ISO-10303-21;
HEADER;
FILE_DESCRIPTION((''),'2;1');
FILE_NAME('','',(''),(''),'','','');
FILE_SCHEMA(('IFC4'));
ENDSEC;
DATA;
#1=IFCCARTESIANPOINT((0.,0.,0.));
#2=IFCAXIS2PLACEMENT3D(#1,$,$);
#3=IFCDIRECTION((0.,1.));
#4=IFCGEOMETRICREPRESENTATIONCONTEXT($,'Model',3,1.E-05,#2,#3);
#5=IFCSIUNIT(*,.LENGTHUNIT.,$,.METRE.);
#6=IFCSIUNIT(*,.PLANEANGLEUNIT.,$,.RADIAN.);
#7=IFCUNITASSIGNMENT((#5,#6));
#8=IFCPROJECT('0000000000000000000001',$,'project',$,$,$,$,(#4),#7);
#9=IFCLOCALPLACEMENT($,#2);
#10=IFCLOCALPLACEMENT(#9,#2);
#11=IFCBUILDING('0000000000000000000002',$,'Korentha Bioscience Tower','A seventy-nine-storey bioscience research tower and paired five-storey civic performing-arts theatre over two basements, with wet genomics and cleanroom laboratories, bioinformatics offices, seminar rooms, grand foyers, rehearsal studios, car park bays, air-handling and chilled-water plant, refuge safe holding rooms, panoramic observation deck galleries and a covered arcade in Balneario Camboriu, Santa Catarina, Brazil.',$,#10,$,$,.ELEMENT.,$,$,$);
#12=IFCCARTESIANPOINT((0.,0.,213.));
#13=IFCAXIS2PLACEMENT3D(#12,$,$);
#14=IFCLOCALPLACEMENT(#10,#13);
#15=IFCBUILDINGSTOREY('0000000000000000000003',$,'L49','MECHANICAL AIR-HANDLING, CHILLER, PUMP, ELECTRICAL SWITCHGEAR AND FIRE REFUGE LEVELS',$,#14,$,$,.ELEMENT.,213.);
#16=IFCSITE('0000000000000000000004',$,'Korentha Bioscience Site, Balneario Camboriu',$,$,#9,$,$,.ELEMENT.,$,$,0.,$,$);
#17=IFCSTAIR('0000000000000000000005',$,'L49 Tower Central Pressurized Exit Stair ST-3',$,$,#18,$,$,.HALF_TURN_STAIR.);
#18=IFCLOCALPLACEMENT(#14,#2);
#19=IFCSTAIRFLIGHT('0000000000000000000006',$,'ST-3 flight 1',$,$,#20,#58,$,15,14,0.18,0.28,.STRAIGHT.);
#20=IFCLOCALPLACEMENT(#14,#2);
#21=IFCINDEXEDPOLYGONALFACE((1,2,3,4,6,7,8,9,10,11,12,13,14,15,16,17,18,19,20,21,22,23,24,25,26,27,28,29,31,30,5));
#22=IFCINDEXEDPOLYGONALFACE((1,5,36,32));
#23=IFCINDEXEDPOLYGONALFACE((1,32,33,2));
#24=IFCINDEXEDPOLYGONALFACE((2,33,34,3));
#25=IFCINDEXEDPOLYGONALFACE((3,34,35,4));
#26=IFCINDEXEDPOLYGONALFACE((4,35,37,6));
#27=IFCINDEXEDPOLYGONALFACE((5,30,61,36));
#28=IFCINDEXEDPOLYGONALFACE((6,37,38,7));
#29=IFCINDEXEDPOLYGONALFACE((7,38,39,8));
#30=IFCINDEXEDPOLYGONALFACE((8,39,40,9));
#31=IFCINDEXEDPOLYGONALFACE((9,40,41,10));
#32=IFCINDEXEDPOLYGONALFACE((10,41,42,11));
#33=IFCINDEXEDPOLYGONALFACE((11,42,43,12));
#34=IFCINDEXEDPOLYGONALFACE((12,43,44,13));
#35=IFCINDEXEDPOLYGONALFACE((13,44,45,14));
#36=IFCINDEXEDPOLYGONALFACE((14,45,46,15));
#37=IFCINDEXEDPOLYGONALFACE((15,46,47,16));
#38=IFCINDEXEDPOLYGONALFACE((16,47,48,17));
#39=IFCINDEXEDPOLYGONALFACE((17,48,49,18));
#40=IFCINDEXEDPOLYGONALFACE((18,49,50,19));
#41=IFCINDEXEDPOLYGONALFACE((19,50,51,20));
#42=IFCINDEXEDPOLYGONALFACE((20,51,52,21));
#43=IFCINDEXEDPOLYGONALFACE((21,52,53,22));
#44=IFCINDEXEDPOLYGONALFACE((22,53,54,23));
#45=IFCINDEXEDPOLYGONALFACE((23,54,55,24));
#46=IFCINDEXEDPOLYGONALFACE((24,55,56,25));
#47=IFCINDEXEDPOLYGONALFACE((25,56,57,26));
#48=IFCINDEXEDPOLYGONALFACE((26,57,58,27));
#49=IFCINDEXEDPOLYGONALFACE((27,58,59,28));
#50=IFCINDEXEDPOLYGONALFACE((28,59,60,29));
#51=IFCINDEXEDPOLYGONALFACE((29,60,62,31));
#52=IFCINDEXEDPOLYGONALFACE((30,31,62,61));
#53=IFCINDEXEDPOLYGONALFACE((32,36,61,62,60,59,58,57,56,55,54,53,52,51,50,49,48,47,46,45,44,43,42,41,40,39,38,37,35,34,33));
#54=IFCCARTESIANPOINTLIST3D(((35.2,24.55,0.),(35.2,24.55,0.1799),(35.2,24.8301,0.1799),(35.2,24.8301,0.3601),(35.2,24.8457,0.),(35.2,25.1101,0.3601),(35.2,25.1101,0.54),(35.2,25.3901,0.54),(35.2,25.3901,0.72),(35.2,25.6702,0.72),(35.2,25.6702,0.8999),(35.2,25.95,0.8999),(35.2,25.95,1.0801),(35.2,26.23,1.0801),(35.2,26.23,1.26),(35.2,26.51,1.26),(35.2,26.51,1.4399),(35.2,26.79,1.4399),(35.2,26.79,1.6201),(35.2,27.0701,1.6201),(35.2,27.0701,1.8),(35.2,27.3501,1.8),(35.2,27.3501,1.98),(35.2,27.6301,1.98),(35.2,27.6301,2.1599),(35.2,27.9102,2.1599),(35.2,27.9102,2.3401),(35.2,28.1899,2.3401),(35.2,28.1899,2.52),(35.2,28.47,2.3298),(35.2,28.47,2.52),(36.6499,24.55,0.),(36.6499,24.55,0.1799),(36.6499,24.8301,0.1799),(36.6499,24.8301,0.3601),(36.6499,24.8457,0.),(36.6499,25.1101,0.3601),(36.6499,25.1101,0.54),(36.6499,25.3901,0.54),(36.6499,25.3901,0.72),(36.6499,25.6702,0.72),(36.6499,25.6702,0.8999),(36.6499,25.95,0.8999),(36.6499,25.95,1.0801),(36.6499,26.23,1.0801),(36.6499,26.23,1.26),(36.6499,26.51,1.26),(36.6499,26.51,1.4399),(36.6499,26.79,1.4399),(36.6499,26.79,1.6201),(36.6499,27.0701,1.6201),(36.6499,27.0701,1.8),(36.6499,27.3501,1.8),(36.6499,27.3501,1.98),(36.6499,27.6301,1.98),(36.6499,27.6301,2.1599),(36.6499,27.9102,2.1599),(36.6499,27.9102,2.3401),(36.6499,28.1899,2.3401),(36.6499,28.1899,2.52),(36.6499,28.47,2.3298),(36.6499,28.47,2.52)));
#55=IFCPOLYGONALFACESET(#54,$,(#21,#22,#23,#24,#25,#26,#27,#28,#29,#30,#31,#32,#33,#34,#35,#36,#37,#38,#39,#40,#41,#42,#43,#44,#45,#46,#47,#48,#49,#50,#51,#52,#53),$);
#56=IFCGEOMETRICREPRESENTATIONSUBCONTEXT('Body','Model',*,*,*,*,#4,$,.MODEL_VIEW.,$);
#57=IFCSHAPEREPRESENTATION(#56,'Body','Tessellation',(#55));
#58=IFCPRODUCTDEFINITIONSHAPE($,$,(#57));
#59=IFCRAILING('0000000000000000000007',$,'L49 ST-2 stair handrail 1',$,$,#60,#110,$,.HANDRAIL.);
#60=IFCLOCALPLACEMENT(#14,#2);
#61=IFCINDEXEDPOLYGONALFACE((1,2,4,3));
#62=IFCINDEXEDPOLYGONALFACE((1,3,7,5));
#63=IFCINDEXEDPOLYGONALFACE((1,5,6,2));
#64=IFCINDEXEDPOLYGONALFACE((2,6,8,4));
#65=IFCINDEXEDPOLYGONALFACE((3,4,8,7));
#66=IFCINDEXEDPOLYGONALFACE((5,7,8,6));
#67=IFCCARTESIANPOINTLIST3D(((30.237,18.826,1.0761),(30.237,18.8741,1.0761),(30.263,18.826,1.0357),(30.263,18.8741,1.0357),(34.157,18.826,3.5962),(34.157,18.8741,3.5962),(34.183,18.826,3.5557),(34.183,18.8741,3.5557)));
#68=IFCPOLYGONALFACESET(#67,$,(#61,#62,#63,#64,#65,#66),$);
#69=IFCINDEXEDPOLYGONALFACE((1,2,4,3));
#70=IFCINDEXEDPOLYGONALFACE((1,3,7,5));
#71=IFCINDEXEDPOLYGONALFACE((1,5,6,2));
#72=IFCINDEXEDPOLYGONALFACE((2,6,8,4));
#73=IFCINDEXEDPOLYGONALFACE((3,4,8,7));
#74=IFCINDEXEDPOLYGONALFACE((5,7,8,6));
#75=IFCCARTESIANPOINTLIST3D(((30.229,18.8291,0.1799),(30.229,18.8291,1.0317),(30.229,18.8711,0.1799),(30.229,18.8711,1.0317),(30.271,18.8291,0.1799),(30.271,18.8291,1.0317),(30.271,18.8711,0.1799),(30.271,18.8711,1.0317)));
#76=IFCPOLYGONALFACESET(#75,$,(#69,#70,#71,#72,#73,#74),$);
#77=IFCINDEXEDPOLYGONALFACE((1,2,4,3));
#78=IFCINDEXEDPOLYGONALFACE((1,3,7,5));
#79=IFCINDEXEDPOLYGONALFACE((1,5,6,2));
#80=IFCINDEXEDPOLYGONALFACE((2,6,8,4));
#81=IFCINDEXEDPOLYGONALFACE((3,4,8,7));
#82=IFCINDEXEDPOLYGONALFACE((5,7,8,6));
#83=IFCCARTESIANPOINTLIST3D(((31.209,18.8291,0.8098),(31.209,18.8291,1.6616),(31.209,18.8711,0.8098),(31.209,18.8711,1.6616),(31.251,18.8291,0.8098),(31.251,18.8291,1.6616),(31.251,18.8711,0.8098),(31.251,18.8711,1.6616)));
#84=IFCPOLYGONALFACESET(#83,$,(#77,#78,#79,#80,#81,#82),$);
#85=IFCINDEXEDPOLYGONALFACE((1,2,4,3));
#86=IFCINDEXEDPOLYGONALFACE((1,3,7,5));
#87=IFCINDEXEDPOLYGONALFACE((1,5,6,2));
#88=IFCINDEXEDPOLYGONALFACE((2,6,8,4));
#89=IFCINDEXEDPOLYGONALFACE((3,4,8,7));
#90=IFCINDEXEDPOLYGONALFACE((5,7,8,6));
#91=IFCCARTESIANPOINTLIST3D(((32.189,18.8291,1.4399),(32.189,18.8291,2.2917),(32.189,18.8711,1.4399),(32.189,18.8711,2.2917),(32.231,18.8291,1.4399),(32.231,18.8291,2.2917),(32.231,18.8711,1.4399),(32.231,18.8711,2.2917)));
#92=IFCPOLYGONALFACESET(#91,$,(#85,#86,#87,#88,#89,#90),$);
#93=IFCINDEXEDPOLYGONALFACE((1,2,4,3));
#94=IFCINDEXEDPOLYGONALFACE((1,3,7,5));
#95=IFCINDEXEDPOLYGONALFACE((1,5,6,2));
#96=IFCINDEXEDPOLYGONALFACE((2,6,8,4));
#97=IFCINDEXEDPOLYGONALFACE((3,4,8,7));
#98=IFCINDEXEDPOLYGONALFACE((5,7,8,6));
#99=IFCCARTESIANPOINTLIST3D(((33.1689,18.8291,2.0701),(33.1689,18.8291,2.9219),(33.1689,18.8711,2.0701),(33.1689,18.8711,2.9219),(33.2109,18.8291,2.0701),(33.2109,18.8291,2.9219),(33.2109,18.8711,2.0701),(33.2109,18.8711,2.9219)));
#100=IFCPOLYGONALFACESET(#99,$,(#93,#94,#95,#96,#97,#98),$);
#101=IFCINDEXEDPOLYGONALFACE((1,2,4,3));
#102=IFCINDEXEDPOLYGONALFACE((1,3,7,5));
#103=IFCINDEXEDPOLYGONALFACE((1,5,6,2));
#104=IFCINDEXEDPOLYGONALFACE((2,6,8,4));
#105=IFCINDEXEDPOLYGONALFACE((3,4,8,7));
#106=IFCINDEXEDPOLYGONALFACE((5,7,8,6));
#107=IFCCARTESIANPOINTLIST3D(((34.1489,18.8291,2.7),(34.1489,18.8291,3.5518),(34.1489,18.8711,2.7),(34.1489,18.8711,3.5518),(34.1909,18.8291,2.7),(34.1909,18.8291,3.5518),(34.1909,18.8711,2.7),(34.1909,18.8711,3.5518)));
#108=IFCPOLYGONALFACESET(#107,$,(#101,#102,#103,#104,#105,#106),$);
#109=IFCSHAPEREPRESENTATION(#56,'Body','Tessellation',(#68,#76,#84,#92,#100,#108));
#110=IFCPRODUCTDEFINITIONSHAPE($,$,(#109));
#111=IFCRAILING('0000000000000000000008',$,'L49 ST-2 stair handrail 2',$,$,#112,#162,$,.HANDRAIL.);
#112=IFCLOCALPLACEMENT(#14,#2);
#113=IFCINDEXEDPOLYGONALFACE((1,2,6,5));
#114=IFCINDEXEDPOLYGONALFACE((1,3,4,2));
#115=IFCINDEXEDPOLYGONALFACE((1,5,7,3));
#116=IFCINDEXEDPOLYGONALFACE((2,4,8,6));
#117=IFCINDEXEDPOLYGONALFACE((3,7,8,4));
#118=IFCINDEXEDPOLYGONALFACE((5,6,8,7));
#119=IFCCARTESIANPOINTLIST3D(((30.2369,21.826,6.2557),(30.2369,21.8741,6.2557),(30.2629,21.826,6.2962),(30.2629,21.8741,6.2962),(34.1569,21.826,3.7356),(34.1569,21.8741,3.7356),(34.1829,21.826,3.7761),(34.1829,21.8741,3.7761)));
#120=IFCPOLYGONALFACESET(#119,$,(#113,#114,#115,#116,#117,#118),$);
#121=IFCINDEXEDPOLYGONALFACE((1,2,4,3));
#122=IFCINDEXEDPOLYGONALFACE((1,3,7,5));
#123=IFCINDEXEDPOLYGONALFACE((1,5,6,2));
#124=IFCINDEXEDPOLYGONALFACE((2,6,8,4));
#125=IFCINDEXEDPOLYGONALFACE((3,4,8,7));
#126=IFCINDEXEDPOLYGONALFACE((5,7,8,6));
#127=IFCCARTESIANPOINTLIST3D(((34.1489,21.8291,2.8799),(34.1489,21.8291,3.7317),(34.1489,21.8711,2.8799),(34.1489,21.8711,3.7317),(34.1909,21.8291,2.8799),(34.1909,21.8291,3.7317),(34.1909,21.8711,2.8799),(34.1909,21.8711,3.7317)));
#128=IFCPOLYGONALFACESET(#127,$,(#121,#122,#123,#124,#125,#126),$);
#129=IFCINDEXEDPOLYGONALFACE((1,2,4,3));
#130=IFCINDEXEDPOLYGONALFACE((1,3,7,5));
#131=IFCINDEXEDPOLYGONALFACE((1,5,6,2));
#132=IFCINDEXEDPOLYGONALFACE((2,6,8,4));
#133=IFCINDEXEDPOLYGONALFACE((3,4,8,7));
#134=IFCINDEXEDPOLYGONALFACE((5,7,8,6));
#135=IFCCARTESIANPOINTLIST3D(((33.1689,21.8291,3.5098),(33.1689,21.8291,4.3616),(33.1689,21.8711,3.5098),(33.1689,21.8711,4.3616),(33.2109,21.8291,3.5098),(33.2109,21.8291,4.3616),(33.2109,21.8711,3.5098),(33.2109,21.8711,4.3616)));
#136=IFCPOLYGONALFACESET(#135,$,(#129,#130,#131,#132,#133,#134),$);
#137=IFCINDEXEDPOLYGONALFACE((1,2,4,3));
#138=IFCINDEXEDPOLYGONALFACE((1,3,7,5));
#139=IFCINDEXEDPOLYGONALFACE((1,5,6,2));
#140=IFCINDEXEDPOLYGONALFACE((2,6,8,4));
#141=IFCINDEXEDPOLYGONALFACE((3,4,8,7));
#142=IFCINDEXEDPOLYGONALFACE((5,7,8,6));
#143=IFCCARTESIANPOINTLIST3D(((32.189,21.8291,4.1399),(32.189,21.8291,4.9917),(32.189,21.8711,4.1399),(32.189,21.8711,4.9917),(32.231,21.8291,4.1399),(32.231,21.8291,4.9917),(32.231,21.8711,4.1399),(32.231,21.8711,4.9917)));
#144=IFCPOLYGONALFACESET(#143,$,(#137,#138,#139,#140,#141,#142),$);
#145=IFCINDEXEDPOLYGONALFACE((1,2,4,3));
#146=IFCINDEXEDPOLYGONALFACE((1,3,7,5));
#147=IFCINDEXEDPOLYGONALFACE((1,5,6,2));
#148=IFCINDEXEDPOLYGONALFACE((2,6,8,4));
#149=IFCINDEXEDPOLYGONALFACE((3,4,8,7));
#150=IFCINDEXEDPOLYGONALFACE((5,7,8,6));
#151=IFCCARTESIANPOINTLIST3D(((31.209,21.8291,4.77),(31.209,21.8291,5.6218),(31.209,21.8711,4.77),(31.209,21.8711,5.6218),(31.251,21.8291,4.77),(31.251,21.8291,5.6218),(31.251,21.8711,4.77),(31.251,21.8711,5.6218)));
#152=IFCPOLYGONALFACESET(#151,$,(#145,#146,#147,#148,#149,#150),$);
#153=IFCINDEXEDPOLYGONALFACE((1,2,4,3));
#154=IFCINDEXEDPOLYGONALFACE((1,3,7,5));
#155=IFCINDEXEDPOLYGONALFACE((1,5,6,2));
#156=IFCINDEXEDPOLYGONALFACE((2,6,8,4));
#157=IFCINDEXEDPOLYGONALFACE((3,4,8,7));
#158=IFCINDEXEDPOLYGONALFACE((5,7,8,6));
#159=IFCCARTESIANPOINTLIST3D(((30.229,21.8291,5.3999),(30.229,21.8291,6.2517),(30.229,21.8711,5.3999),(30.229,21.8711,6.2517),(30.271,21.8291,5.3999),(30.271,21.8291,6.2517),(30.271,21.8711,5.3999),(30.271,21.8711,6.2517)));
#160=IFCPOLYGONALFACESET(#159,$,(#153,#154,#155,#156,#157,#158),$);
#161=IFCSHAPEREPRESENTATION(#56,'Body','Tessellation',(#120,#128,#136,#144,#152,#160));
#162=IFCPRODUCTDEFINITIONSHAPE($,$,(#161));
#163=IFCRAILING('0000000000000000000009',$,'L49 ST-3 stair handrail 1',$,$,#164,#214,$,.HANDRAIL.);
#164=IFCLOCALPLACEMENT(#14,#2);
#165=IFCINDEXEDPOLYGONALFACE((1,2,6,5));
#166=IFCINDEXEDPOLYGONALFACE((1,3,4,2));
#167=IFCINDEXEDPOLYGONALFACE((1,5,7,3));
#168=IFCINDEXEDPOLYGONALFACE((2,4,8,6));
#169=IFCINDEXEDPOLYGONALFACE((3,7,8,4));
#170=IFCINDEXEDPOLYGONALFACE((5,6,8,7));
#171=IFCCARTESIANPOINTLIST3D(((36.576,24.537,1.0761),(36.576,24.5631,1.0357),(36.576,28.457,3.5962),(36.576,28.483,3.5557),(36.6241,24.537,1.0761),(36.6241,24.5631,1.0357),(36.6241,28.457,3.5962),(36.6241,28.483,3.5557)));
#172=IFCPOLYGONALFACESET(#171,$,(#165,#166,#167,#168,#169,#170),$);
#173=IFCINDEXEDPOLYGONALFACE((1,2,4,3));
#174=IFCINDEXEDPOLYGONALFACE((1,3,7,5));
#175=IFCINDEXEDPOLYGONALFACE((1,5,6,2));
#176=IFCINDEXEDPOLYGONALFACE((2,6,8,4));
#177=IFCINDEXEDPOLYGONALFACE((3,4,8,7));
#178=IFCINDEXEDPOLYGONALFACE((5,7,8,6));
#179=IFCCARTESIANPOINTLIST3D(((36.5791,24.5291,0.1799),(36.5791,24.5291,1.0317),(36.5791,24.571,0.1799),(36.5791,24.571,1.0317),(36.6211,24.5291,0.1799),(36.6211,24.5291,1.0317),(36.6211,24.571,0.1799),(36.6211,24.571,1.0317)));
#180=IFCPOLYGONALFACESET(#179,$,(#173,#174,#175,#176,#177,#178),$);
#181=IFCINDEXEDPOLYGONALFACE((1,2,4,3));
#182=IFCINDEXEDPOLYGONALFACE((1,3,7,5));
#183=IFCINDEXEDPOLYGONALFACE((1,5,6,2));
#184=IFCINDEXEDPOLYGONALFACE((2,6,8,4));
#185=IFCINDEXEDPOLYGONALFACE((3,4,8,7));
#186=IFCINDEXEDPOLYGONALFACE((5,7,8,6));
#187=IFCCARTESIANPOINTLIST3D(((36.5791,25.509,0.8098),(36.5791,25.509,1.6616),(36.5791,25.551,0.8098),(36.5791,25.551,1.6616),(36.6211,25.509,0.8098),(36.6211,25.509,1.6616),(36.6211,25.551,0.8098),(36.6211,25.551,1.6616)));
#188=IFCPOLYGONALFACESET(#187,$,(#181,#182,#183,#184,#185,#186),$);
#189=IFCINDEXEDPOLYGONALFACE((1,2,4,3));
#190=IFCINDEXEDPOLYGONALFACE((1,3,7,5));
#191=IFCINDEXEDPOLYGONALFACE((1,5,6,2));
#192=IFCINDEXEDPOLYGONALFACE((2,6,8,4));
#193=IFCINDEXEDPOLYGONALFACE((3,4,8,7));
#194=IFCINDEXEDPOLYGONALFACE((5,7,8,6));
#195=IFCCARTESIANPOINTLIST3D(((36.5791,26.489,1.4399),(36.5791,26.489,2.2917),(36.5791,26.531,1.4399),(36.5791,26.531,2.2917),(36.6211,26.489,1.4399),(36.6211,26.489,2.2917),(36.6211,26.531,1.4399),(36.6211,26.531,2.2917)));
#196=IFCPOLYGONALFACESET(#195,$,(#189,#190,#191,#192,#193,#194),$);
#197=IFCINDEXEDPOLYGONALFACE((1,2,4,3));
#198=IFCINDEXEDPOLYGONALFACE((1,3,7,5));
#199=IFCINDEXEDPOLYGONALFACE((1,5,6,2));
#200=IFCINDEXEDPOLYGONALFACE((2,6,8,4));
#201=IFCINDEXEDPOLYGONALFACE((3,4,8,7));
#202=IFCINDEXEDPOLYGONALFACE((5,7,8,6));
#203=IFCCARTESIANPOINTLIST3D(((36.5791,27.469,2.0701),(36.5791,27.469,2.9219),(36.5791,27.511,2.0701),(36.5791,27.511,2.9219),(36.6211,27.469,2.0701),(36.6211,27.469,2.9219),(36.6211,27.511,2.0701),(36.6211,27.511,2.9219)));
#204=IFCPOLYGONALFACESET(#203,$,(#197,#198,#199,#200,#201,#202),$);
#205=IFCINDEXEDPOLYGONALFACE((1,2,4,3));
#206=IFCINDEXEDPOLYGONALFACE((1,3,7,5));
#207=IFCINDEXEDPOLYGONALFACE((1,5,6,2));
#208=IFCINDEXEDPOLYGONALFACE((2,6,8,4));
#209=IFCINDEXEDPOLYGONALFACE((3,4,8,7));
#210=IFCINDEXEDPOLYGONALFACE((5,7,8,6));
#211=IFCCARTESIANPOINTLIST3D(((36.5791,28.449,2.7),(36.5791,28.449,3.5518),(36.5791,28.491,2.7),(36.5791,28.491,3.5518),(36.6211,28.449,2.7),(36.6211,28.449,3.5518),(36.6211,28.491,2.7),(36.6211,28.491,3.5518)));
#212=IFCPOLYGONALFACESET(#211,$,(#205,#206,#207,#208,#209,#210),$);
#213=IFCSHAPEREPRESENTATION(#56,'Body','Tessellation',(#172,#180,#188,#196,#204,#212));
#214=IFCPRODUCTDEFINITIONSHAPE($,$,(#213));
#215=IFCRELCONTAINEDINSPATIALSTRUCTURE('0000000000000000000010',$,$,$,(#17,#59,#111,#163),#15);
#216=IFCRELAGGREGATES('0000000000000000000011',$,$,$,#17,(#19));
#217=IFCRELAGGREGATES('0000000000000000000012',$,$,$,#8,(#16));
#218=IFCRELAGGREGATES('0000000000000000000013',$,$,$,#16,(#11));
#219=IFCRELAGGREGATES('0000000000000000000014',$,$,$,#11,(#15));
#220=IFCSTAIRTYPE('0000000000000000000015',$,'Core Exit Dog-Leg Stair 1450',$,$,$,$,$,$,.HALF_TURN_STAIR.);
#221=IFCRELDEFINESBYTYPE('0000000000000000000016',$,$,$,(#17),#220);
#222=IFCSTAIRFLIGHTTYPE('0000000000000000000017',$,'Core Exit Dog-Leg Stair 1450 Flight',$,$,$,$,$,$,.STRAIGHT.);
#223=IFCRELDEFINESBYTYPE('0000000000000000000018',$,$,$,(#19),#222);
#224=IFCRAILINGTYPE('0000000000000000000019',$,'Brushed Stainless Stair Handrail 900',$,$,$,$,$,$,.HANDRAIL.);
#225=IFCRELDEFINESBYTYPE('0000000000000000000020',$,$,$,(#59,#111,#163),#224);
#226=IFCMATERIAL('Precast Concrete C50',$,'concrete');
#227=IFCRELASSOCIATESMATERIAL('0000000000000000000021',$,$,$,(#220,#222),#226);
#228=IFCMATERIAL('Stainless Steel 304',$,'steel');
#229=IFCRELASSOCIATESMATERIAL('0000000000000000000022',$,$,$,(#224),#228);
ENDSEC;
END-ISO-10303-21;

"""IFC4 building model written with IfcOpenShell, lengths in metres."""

from ifc_helpers import new_model, si_unit, direction, frame, origin, origin_2d, place, context, subcontext, project, spatial, polyline, rectangle, outline, extrude, material, type_object, element, aggregate, save


model = new_model("IFC4")

# Units and contexts
model_context = context("Model", 3, precision=1e-05, world=origin(), true_north=direction((0.0, 1.0)))
body_context = subcontext(model_context, "Body", "Model", "MODEL_VIEW")
ifc_project = project(units=[si_unit("LENGTHUNIT", "METRE"), si_unit("PLANEANGLEUNIT", "RADIAN")], contexts=[model_context])

# Site, building, storey
site_placement = place(None, origin())
site = spatial("IfcSite", under=ifc_project, at=site_placement, Name="Korentha Bioscience Site, Balneario Camboriu", CompositionType="ELEMENT", RefElevation=0.0)
building_placement = place(site_placement, origin())
building = spatial("IfcBuilding", under=site, at=building_placement, Name="Korentha Bioscience Tower", Description="A seventy-nine-storey bioscience research tower and paired five-storey civic performing-arts theatre over two basements, with wet genomics and cleanroom laboratories, bioinformatics offices, seminar rooms, grand foyers, rehearsal studios, car park bays, air-handling and chilled-water plant, refuge safe holding rooms, panoramic observation deck galleries and a covered arcade in Balneario Camboriu, Santa Catarina, Brazil.", CompositionType="ELEMENT")
storey_placement = place(building_placement, frame((0.0, 0.0, 213.0)))
storey = spatial("IfcBuildingStorey", under=building, at=storey_placement, Name="L49", Description="MECHANICAL AIR-HANDLING, CHILLER, PUMP, ELECTRICAL SWITCHGEAR AND FIRE REFUGE LEVELS", CompositionType="ELEMENT", Elevation=213.0)

# Shared definitions
ifc_material_1 = material(Name="Precast Concrete C50", Category="concrete")
stair_type = type_object("IfcStairType", Name="Core Exit Dog-Leg Stair 1450", PredefinedType="HALF_TURN_STAIR", material=ifc_material_1)
stair_flight_type = type_object("IfcStairFlightType", Name="Core Exit Dog-Leg Stair 1450 Flight", PredefinedType="STRAIGHT", material=ifc_material_1)

# Stair, stair flight
stair_1_placement = place(storey_placement, origin())
stair_1 = element("IfcStair", 1, at=stair_1_placement, inside=storey, type_object=stair_type, Name="L49 Tower Central Pressurized Exit Stair ST-3", PredefinedType="HALF_TURN_STAIR")
stair_flight_1_placement = place(storey_placement, frame((35.925, 24.55, 0.0), z_axis=(0.0, 0.0, 1.0), x_axis=(0.0, 1.0, 0.0)))
stair_flight_1 = element("IfcStairFlight", 2, at=stair_flight_1_placement, type_object=stair_flight_type, Name="ST-3 flight 1", NumberOfRisers=15, NumberOfTreads=14, PredefinedType="STRAIGHT", RiserHeight=0.18, TreadLength=0.28, context=body_context, shape_type="SweptSolid", body=[
    extrude(outline(polyline([(0.0, 0.0), (0.0, 0.1799), (0.28, 0.1799), (0.28, 0.3601), (0.5601, 0.3601), (0.5601, 0.54), (0.8401, 0.54), (0.8401, 0.72), (1.1201, 0.72), (1.1201, 0.8999), (1.3999, 0.8999), (1.3999, 1.0801), (1.6799, 1.0801), (1.6799, 1.26), (1.96, 1.26), (1.96, 1.4399), (2.24, 1.4399), (2.24, 1.6201), (2.52, 1.6201), (2.52, 1.8), (2.8, 1.8), (2.8, 1.98), (3.0801, 1.98), (3.0801, 2.1599), (3.3601, 2.1599), (3.3601, 2.3401), (3.6399, 2.3401), (3.6399, 2.52), (3.9199, 2.52), (3.9199, 2.7), (3.9199, 2.3298), (0.2957, 0.0), (0.0, 0.0)])), frame((0.0, 0.7251, 0.0), z_axis=(0.0, -1.0, 0.0), x_axis=(1.0, 0.0, 0.0)), (0.0, 0.0, 1.0), 1.45),
])
aggregate(stair_1, [stair_flight_1])

# Railings
ifc_material_2 = material(Name="Stainless Steel 304", Category="steel")
railing_type_1 = type_object("IfcRailingType", Name="Brushed Stainless Stair Handrail 900", PredefinedType="HANDRAIL", material=ifc_material_2)
railing_1_placement = place(storey_placement, frame((30.25, 18.8501, 0.1799)))
element("IfcRailing", 3, at=railing_1_placement, inside=storey, type_object=railing_type_1, Name="L49 ST-2 stair handrail 1", PredefinedType="HANDRAIL", context=body_context, shape_type="SweptSolid", body=[
    extrude(rectangle(XDim=0.0481, YDim=0.0481, at=origin_2d()), frame((0.0, 0.0, 0.876), z_axis=(0.841172, 0.0, 0.540768), x_axis=(0.0, 1.0, 0.0)), (0.0, 0.0, 1.0), 4.6602),
    extrude(rectangle(XDim=0.042, YDim=0.042, at=origin_2d()), origin(), (0.0, 0.0, 1.0), 0.8518),
    extrude(rectangle(XDim=0.042, YDim=0.042, at=origin_2d()), frame((0.98, 0.0, 0.6299)), (0.0, 0.0, 1.0), 0.8518),
    extrude(rectangle(XDim=0.042, YDim=0.042, at=origin_2d()), frame((1.96, 0.0, 1.26)), (0.0, 0.0, 1.0), 0.8518),
    extrude(rectangle(XDim=0.042, YDim=0.042, at=origin_2d()), frame((2.9399, 0.0, 1.8901)), (0.0, 0.0, 1.0), 0.8518),
    extrude(rectangle(XDim=0.042, YDim=0.042, at=origin_2d()), frame((3.9199, 0.0, 2.52)), (0.0, 0.0, 1.0), 0.8518),
])
railing_2_placement = place(storey_placement, frame((34.1699, 21.8501, 2.8799)))
element("IfcRailing", 4, at=railing_2_placement, inside=storey, type_object=railing_type_1, Name="L49 ST-2 stair handrail 2", PredefinedType="HANDRAIL", context=body_context, shape_type="SweptSolid", body=[
    extrude(rectangle(XDim=0.0481, YDim=0.0481, at=origin_2d()), frame((0.0, 0.0, 0.876), z_axis=(-0.841172, 0.0, 0.540768), x_axis=(0.0, -1.0, 0.0)), (0.0, 0.0, 1.0), 4.6602),
    extrude(rectangle(XDim=0.042, YDim=0.042, at=origin_2d()), origin(), (0.0, 0.0, 1.0), 0.8518),
    extrude(rectangle(XDim=0.042, YDim=0.042, at=origin_2d()), frame((-0.98, 0.0, 0.6299)), (0.0, 0.0, 1.0), 0.8518),
    extrude(rectangle(XDim=0.042, YDim=0.042, at=origin_2d()), frame((-1.96, 0.0, 1.26)), (0.0, 0.0, 1.0), 0.8518),
    extrude(rectangle(XDim=0.042, YDim=0.042, at=origin_2d()), frame((-2.9399, 0.0, 1.8901)), (0.0, 0.0, 1.0), 0.8518),
    extrude(rectangle(XDim=0.042, YDim=0.042, at=origin_2d()), frame((-3.9199, 0.0, 2.52)), (0.0, 0.0, 1.0), 0.8518),
])
railing_3_placement = place(storey_placement, frame((36.6001, 24.55, 0.1799)))
element("IfcRailing", 5, at=railing_3_placement, inside=storey, type_object=railing_type_1, Name="L49 ST-3 stair handrail 1", PredefinedType="HANDRAIL", context=body_context, shape_type="SweptSolid", body=[
    extrude(rectangle(XDim=0.0481, YDim=0.0481, at=origin_2d()), frame((0.0, 0.0, 0.876), z_axis=(0.0, 0.841172, 0.540768), x_axis=(-1.0, 0.0, 0.0)), (0.0, 0.0, 1.0), 4.6602),
    extrude(rectangle(XDim=0.042, YDim=0.042, at=origin_2d()), origin(), (0.0, 0.0, 1.0), 0.8518),
    extrude(rectangle(XDim=0.042, YDim=0.042, at=origin_2d()), frame((0.0, 0.98, 0.6299)), (0.0, 0.0, 1.0), 0.8518),
    extrude(rectangle(XDim=0.042, YDim=0.042, at=origin_2d()), frame((0.0, 1.96, 1.26)), (0.0, 0.0, 1.0), 0.8518),
    extrude(rectangle(XDim=0.042, YDim=0.042, at=origin_2d()), frame((0.0, 2.9399, 1.8901)), (0.0, 0.0, 1.0), 0.8518),
    extrude(rectangle(XDim=0.042, YDim=0.042, at=origin_2d()), frame((0.0, 3.9199, 2.52)), (0.0, 0.0, 1.0), 0.8518),
])

save(model, "model.ifc")
